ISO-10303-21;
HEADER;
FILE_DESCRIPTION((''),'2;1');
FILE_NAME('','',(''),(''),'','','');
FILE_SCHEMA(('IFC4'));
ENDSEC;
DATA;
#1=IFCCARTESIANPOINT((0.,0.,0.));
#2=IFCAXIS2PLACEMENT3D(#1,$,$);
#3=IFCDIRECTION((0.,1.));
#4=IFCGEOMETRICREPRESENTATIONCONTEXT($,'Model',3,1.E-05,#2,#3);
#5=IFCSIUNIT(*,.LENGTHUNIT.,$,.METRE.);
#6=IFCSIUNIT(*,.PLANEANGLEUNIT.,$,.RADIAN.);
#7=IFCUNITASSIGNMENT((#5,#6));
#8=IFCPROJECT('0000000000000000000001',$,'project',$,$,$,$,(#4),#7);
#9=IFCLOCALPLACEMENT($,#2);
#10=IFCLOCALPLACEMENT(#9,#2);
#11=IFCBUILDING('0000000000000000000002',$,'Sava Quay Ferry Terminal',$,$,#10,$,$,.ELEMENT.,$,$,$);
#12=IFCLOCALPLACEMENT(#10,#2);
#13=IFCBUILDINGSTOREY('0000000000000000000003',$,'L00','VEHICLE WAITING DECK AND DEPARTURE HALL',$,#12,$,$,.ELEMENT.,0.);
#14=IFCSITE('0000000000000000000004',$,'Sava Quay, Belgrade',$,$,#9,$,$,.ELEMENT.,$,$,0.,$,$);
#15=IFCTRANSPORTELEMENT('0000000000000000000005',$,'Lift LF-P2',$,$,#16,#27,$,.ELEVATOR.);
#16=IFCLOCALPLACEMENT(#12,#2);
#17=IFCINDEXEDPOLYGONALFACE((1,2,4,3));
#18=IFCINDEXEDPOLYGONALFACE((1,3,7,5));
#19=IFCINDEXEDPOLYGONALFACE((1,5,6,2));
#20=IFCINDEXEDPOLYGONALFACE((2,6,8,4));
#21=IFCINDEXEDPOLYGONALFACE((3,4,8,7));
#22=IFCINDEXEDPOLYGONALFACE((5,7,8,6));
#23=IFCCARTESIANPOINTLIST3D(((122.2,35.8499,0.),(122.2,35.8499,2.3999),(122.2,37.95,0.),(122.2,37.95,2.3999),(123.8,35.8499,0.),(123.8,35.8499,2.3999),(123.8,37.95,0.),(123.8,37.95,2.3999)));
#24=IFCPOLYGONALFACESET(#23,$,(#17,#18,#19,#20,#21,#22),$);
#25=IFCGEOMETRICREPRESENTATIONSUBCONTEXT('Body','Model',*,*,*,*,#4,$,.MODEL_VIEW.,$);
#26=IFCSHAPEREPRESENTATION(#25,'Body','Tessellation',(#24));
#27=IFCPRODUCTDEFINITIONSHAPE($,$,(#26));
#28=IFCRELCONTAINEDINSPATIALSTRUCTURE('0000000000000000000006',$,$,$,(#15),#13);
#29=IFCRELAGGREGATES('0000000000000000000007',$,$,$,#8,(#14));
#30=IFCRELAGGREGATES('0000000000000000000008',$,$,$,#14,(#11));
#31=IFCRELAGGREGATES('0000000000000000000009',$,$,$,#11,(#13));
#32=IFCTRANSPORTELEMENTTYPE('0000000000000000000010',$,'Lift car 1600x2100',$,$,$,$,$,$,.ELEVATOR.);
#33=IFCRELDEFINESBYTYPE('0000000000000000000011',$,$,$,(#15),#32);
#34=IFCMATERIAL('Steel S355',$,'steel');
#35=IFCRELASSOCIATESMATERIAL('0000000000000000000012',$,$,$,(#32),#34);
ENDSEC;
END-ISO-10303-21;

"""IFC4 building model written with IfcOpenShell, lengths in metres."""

from ifc_helpers import new_model, si_unit, direction, frame, origin, origin_2d, place, context, subcontext, project, spatial, rectangle, extrude, material, type_object, element, save


model = new_model("IFC4")

# Units and contexts
model_context = context("Model", 3, precision=1e-05, world=origin(), true_north=direction((0.0, 1.0)))
body_context = subcontext(model_context, "Body", "Model", "MODEL_VIEW")
ifc_project = project(units=[si_unit("LENGTHUNIT", "METRE"), si_unit("PLANEANGLEUNIT", "RADIAN")], contexts=[model_context])

# Site, building, storey
site_placement = place(None, origin())
site = spatial("IfcSite", under=ifc_project, at=site_placement, Name="Sava Quay, Belgrade", CompositionType="ELEMENT", RefElevation=0.0)
building_placement = place(site_placement, origin())
building = spatial("IfcBuilding", under=site, at=building_placement, Name="Sava Quay Ferry Terminal", CompositionType="ELEMENT")
storey_placement = place(building_placement, origin())
storey = spatial("IfcBuildingStorey", under=building, at=storey_placement, Name="L00", Description="VEHICLE WAITING DECK AND DEPARTURE HALL", CompositionType="ELEMENT", Elevation=0.0)

# Transport element
ifc_material_1 = material(Name="Steel S355", Category="steel")
transport_element_type = type_object("IfcTransportElementType", Name="Lift car 1600x2100", PredefinedType="ELEVATOR", material=ifc_material_1)
transport_element_placement = place(storey_placement, frame((123.0, 36.8999, 0.0), z_axis=(0.0, 0.0, 1.0), x_axis=(1.0, 0.0, 0.0)))
element("IfcTransportElement", 1, at=transport_element_placement, inside=storey, type_object=transport_element_type, Name="Lift LF-P2", PredefinedType="ELEVATOR", context=body_context, shape_type="SweptSolid", body=[
    extrude(rectangle(XDim=1.6001, YDim=2.1001, at=origin_2d()), origin(), (0.0, 0.0, 1.0), 2.3999),
])

save(model, "model.ifc")
